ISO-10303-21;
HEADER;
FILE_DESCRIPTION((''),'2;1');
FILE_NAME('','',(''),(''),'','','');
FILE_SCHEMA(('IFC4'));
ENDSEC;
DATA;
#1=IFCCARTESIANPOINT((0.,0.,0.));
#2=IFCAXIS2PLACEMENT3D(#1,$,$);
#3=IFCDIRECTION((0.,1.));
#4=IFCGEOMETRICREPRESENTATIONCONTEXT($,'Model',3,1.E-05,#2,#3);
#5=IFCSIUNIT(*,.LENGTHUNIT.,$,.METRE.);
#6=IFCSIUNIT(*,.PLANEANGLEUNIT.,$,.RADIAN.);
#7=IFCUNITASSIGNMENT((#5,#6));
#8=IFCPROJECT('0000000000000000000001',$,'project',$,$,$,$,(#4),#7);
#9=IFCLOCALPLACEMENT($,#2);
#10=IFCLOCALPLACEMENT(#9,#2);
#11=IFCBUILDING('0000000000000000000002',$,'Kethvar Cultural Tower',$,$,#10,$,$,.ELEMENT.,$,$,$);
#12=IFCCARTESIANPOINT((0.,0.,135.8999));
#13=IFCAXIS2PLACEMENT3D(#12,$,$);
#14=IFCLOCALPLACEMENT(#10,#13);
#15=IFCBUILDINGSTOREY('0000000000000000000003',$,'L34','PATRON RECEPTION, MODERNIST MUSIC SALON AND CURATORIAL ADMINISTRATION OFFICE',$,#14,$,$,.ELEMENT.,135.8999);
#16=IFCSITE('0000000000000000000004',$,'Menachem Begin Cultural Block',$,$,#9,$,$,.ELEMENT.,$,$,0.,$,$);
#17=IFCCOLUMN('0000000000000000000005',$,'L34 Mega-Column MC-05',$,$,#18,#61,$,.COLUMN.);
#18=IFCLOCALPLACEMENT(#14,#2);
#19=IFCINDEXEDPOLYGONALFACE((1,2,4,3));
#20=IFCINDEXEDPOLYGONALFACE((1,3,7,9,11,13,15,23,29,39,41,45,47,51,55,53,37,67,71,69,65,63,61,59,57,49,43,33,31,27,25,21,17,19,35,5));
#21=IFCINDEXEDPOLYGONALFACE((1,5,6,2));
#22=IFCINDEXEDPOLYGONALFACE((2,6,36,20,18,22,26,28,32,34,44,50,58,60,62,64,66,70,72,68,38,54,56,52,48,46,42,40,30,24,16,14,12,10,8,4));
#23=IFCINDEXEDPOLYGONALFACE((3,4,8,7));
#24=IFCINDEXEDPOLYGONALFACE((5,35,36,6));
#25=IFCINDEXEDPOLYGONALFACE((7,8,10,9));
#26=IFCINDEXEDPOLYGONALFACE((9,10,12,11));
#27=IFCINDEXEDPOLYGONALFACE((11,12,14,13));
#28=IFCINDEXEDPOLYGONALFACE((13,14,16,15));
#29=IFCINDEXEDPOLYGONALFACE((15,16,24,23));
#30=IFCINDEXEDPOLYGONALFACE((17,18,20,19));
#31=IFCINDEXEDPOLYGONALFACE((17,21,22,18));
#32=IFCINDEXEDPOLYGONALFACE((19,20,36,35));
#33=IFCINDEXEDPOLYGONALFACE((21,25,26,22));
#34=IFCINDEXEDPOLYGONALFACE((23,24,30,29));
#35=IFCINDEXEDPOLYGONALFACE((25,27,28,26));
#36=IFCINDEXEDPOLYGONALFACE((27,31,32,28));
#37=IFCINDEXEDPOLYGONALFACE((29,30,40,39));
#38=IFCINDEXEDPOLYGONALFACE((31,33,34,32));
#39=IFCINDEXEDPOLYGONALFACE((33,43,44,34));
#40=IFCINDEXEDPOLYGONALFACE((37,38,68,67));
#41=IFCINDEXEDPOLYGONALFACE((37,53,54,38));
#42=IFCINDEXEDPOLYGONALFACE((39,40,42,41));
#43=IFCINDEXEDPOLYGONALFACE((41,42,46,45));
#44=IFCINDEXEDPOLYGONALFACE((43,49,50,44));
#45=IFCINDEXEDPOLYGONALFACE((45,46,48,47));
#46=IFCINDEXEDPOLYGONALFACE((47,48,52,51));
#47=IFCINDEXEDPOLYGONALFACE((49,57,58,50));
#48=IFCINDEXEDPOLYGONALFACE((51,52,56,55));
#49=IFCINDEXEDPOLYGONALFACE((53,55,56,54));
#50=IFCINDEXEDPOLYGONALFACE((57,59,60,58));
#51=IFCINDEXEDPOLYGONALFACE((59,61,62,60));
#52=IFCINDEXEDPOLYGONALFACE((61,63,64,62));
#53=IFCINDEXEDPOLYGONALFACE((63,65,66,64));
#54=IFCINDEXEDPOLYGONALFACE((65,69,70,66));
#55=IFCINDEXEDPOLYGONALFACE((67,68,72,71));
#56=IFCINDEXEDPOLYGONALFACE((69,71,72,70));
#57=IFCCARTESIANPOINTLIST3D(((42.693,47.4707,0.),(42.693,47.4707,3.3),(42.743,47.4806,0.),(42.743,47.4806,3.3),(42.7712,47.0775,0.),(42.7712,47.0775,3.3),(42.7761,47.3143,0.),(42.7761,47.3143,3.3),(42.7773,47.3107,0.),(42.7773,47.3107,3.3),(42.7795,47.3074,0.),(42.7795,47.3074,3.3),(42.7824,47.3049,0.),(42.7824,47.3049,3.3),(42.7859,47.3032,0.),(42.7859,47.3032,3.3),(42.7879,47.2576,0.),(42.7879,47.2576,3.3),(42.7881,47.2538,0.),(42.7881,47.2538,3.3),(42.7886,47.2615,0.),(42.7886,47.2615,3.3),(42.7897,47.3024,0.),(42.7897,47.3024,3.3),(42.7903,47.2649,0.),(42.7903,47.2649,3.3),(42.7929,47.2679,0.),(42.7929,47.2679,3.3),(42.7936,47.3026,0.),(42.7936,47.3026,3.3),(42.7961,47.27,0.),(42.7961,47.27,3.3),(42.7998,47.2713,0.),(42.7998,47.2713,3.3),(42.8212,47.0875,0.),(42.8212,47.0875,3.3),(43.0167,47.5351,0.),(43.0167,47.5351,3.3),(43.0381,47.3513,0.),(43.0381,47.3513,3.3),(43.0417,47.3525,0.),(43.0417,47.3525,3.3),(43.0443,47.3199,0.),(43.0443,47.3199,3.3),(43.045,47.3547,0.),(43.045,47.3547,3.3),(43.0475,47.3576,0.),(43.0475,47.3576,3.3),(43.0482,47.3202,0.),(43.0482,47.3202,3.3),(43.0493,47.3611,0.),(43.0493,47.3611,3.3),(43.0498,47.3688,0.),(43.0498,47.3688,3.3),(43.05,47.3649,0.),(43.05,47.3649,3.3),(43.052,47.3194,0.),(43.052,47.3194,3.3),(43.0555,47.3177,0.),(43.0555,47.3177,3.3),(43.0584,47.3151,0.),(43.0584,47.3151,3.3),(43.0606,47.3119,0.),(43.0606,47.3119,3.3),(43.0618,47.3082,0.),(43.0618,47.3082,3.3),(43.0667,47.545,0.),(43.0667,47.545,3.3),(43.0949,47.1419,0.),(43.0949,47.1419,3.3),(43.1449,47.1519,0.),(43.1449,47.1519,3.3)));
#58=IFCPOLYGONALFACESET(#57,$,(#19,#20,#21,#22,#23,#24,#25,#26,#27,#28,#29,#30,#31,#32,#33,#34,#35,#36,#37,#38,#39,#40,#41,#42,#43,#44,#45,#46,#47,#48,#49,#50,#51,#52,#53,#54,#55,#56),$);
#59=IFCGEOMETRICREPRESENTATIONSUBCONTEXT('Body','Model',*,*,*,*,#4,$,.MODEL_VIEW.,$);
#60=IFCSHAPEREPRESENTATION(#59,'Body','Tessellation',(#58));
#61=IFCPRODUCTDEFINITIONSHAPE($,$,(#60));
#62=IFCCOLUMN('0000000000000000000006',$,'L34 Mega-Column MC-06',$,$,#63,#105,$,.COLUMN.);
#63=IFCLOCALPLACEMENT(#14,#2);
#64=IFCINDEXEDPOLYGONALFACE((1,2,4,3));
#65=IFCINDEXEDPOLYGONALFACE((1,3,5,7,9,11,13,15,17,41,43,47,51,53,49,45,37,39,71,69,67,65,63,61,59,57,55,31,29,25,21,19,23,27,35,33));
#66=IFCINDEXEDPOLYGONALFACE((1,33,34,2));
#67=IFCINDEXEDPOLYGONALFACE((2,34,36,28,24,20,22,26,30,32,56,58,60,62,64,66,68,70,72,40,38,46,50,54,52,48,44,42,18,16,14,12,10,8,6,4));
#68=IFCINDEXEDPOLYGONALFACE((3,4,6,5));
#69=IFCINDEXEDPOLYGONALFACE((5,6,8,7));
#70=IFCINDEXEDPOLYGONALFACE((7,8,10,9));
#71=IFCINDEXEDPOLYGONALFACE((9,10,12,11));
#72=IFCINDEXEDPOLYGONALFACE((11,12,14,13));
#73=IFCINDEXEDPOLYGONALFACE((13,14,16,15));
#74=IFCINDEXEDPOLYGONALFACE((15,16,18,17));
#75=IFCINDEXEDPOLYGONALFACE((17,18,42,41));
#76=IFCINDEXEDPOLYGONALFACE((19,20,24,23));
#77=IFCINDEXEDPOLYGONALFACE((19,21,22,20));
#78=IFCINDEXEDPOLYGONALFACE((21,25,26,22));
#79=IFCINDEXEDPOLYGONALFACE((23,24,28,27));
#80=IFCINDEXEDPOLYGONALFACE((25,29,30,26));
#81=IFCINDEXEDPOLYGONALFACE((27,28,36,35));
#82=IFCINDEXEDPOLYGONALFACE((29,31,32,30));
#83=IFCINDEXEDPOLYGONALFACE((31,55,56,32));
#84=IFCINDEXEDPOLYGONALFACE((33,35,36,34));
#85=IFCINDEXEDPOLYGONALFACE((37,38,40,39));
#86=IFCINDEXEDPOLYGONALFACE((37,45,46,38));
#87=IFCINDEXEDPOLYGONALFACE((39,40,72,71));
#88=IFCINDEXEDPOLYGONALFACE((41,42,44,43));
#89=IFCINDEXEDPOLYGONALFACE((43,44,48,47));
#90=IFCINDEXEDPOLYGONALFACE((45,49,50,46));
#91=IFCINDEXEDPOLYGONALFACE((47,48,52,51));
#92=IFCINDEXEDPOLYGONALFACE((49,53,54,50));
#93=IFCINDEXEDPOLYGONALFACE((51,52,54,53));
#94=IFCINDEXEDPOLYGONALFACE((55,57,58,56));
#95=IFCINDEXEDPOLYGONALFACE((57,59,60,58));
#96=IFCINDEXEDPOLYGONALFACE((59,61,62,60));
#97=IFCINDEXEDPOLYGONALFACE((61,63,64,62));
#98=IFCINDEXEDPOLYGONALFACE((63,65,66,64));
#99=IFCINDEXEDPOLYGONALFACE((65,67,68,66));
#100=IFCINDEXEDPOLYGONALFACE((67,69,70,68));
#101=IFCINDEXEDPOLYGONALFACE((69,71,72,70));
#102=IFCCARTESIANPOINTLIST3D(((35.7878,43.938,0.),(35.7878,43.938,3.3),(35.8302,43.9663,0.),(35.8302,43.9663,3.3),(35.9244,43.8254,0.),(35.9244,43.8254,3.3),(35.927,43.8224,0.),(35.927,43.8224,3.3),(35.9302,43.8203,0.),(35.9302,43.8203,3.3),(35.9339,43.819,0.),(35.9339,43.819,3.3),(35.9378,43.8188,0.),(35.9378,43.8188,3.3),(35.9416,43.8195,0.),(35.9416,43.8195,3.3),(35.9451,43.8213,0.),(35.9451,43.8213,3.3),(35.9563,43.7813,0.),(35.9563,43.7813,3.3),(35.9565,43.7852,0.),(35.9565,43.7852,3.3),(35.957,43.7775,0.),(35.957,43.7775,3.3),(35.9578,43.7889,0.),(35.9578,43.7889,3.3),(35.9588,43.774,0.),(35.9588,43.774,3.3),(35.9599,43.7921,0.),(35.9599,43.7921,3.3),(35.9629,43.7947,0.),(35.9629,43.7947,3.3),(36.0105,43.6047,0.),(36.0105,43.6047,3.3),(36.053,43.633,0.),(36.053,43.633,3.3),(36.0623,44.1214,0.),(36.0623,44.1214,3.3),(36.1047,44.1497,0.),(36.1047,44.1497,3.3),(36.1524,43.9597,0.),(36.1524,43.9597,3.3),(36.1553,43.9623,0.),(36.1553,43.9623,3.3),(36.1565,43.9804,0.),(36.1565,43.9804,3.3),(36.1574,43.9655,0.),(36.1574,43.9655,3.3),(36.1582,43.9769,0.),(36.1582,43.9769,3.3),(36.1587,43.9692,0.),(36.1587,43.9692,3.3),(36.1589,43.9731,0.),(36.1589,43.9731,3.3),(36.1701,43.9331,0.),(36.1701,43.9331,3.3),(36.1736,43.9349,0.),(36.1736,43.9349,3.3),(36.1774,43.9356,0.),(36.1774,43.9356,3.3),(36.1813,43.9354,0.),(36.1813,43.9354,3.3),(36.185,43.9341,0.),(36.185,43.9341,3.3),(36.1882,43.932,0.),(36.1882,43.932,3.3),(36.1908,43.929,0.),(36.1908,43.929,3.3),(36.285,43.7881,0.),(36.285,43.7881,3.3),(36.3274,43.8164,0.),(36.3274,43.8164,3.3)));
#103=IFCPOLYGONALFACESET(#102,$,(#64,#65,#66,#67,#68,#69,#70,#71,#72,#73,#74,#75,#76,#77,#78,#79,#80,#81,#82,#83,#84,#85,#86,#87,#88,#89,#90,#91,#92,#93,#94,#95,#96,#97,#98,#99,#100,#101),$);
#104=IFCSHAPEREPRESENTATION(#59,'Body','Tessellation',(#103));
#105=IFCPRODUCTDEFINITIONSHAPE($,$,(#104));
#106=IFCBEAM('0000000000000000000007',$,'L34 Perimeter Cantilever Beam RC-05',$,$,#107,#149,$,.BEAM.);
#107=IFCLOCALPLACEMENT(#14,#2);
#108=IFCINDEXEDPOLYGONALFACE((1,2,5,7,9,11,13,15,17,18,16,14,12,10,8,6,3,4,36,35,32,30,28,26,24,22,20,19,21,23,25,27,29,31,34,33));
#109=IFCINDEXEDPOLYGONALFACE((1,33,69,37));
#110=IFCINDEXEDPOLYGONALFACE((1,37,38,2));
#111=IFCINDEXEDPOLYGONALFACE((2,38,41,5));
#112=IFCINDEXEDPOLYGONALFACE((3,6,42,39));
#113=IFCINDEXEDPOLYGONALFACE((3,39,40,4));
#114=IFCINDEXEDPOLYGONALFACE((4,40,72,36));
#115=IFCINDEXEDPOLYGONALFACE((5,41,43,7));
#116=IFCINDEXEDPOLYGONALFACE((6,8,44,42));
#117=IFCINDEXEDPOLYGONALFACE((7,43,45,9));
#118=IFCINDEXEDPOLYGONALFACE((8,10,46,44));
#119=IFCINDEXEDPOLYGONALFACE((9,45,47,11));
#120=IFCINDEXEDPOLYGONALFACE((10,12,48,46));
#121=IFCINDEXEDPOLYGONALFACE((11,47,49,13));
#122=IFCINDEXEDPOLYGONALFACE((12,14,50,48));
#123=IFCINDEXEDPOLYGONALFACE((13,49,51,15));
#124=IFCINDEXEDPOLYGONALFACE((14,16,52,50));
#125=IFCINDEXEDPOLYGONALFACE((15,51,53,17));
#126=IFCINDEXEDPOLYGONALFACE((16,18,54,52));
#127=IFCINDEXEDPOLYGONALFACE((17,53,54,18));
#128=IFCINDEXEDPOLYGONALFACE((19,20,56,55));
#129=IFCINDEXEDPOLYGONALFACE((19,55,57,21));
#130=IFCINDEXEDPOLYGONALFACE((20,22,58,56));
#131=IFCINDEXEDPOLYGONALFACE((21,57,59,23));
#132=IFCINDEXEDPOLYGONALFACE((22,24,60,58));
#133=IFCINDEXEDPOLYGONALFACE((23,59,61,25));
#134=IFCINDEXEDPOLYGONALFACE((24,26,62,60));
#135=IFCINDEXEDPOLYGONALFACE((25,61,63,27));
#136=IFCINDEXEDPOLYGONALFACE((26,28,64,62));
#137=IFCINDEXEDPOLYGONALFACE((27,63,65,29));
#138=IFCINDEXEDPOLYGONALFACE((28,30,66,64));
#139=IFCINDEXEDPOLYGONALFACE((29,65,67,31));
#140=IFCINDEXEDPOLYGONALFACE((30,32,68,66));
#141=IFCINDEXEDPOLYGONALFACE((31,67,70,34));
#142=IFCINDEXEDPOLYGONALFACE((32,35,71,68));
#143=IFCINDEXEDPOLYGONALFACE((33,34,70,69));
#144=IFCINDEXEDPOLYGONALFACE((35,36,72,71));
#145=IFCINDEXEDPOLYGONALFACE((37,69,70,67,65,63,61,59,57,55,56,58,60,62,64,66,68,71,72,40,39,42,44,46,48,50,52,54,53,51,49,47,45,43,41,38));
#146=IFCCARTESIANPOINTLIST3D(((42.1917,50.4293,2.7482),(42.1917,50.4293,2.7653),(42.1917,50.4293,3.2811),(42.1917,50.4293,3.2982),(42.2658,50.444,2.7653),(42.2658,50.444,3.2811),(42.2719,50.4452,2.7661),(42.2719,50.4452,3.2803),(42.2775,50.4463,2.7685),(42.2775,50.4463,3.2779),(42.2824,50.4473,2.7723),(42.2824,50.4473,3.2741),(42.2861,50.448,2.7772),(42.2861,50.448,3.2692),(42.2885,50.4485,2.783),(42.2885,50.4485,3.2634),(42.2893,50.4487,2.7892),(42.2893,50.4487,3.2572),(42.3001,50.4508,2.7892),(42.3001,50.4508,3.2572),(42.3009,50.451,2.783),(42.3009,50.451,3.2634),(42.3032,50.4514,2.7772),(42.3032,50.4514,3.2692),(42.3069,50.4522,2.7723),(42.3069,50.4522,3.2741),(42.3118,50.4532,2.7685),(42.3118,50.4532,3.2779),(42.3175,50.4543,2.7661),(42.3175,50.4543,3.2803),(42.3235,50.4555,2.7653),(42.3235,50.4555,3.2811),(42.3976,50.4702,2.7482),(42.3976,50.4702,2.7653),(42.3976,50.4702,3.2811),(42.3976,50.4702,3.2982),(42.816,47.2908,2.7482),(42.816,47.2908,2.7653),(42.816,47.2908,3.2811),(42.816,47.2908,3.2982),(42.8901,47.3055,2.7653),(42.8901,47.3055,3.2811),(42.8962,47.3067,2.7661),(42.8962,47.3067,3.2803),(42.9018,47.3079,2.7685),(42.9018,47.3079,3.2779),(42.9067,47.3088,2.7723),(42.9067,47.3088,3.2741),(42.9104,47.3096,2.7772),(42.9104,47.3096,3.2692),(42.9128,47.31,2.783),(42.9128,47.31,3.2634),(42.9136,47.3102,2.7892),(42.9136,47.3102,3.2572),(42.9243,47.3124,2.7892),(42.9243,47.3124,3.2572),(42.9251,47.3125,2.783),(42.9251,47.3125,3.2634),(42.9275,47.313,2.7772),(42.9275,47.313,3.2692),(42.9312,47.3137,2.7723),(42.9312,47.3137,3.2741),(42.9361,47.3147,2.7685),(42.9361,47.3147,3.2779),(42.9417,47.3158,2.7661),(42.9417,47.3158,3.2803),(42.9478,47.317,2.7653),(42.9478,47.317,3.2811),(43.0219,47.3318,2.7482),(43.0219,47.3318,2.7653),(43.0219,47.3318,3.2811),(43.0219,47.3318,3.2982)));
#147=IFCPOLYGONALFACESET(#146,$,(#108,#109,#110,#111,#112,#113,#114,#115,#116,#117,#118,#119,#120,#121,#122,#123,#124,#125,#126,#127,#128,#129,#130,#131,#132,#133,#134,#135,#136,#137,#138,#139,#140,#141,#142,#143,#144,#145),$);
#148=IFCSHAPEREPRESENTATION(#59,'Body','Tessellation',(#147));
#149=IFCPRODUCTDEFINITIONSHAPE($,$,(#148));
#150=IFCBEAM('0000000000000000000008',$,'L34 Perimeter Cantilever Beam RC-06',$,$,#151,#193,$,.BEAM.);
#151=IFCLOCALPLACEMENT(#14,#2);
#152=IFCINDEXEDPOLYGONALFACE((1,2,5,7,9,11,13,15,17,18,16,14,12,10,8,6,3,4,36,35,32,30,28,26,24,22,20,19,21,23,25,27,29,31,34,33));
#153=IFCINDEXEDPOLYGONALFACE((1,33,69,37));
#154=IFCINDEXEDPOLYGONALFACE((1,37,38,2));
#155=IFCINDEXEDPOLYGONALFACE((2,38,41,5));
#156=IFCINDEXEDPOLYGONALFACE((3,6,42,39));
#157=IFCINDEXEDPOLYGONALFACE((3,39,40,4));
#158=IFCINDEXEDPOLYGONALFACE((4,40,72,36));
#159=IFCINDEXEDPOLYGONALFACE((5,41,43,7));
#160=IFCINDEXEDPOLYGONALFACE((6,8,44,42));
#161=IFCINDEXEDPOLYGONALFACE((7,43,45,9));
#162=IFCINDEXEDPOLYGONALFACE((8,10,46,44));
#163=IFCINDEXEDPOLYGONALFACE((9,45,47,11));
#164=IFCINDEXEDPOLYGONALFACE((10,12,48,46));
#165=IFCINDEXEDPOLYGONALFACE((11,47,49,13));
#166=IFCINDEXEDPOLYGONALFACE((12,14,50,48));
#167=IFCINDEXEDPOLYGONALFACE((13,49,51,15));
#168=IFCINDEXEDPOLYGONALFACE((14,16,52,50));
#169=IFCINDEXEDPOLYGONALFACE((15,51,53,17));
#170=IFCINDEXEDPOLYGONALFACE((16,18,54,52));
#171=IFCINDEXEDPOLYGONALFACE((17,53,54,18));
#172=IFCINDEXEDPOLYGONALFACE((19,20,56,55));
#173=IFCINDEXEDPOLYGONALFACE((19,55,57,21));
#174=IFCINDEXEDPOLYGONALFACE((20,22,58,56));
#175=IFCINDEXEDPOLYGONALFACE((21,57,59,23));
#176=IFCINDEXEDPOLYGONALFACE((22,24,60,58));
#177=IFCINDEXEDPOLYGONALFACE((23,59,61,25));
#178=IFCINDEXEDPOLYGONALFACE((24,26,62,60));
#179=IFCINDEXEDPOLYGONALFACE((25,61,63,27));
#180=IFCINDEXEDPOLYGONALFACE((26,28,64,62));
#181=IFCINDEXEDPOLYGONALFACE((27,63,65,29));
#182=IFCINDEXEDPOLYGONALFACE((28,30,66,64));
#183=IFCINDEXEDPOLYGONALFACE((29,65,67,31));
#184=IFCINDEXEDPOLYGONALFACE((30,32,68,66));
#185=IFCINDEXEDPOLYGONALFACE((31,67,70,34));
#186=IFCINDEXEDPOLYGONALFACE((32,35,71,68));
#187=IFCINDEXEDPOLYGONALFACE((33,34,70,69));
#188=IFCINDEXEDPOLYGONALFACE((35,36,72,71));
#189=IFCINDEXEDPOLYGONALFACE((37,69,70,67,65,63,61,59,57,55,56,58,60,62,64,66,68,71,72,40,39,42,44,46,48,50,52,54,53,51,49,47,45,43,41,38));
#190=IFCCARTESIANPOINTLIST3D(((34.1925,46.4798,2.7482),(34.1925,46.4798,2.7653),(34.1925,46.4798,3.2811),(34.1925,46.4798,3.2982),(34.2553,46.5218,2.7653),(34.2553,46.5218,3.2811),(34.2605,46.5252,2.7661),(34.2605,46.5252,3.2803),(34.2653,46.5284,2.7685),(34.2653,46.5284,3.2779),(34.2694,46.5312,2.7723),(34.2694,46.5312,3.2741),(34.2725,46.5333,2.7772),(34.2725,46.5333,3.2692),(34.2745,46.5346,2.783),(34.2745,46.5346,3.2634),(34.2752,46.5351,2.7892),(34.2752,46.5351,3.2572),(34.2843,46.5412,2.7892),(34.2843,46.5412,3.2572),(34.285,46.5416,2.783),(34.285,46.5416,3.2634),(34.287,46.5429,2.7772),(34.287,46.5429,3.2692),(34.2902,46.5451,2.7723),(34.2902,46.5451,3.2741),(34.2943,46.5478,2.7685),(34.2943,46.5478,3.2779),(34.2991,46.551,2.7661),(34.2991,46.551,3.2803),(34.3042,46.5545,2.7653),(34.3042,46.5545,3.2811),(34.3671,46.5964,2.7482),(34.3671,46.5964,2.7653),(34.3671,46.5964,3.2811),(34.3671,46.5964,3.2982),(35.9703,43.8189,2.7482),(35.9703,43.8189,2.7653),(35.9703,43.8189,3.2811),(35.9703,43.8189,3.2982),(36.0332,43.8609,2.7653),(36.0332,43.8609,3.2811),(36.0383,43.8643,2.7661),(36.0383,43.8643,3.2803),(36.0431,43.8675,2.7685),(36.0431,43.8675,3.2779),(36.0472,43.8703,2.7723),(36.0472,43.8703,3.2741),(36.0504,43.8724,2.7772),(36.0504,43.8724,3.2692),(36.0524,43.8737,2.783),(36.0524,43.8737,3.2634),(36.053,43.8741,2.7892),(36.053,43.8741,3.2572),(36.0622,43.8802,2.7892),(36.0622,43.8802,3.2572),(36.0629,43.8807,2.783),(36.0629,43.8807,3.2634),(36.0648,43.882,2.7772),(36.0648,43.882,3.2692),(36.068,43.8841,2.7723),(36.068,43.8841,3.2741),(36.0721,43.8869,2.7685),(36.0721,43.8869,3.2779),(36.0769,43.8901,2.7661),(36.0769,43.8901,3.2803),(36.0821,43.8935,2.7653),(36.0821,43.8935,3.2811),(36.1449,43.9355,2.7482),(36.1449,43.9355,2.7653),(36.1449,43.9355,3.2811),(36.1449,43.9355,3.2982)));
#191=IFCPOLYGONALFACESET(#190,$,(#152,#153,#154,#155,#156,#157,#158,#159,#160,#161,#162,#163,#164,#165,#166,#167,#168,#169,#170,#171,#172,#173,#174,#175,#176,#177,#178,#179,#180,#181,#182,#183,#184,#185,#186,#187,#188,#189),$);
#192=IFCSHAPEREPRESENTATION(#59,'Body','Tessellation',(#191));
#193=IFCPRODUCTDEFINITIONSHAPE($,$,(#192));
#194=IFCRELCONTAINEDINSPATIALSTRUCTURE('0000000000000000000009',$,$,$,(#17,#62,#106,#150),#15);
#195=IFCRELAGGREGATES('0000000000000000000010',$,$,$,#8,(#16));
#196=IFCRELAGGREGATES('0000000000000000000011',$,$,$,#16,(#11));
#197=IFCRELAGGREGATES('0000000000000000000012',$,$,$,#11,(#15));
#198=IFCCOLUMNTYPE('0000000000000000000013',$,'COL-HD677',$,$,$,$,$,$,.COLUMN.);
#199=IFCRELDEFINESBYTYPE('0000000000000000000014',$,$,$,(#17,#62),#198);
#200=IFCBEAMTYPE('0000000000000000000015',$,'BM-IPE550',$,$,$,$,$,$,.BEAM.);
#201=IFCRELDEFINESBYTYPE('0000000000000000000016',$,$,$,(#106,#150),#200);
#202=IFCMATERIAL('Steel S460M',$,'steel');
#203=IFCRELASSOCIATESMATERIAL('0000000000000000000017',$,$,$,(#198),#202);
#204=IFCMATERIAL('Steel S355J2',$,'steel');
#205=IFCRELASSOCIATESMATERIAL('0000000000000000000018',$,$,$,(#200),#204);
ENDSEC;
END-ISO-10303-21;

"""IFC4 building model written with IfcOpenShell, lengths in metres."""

from ifc_helpers import new_model, si_unit, direction, frame, origin, origin_2d, place, context, subcontext, project, spatial, i_section, extrude, source, transform, mapped, material, material_profile, profile_set, type_object, element, save


model = new_model("IFC4")

# Units and contexts
model_context = context("Model", 3, precision=1e-05, world=origin(), true_north=direction((0.0, 1.0)))
body_context = subcontext(model_context, "Body", "Model", "MODEL_VIEW")
ifc_project = project(units=[si_unit("LENGTHUNIT", "METRE"), si_unit("PLANEANGLEUNIT", "RADIAN")], contexts=[model_context])

# Site, building, storey
site_placement = place(None, origin())
site = spatial("IfcSite", under=ifc_project, at=site_placement, Name="Menachem Begin Cultural Block", CompositionType="ELEMENT", RefElevation=0.0)
building_placement = place(site_placement, origin())
building = spatial("IfcBuilding", under=site, at=building_placement, Name="Kethvar Cultural Tower", CompositionType="ELEMENT")
storey_placement = place(building_placement, frame((0.0, 0.0, 135.8999)))
storey = spatial("IfcBuildingStorey", under=building, at=storey_placement, Name="L34", Description="PATRON RECEPTION, MODERNIST MUSIC SALON AND CURATORIAL ADMINISTRATION OFFICE", CompositionType="ELEMENT", Elevation=135.8999)

# Columns
ifc_material_1 = material(Name="Steel S460M", Category="steel")
ifc_material_profile_1 = material_profile(ifc_material_1, i_section(OverallWidth=0.4009, OverallDepth=0.3811, WebThickness=0.032, FlangeThickness=0.051, FilletRadius=0.0149, at=origin_2d()), Name="Steel S460M — HD400x677")
ifc_profile_set_1 = profile_set([ifc_material_profile_1], Name="Steel S460M — HD400x677")
column_type = type_object("IfcColumnType", Name="COL-HD677", PredefinedType="COLUMN", material=ifc_profile_set_1)
shared_shape_1 = source(origin(), body_context, "Body", "SweptSolid", [
    extrude(i_section(OverallWidth=0.4009, OverallDepth=0.3811, WebThickness=0.032, FlangeThickness=0.051, FilletRadius=0.0149, at=origin_2d()), origin(), (0.0, 0.0, 1.0), 3.3),
])
for number, where, z_axis, x_axis, name in (
    (1, (42.9189, 47.3113, 0.0), (0.0, 0.0, 1.0), (-0.19509, 0.980785, 0.0), "L34 Mega-Column MC-05"),
    (2, (36.0576, 43.8772, 0.0), (0.0, 0.0, 1.0), (-0.55557, 0.83147, 0.0), "L34 Mega-Column MC-06"),
):
    element("IfcColumn", number, at=place(storey_placement, frame(where, z_axis=z_axis, x_axis=x_axis)), inside=storey, type_object=column_type, Name=name, PredefinedType="COLUMN", context=body_context, shape_type="MappedRepresentation", body=[
        mapped(shared_shape_1, transform((0.0, 0.0, 0.0), scale=1.0)),
    ])

# Beams
ifc_material_2 = material(Name="Steel S355J2", Category="steel")
ifc_material_profile_2 = material_profile(ifc_material_2, i_section(OverallWidth=0.21, OverallDepth=0.55, WebThickness=0.011, FlangeThickness=0.0171, FilletRadius=0.0239, at=origin_2d()), Name="Steel S355J2 — IPE550")
ifc_profile_set_2 = profile_set([ifc_material_profile_2], Name="Steel S355J2 — IPE550")
beam_type_1 = type_object("IfcBeamType", Name="BM-IPE550", PredefinedType="BEAM", material=ifc_profile_set_2)
shared_shape_2 = source(origin(), body_context, "Body", "SweptSolid", [
    extrude(i_section(OverallWidth=0.21, OverallDepth=0.55, WebThickness=0.011, FlangeThickness=0.0171, FilletRadius=0.0239, at=origin_2d()), origin(), (0.0, 0.0, 1.0), 3.2),
])
beam_1_placement = place(storey_placement, frame((42.9189, 47.3113, 3.0232), z_axis=(-0.195089, 0.980786, 0.0), x_axis=(-0.980786, -0.195089, 0.0)))
element("IfcBeam", 3, at=beam_1_placement, inside=storey, type_object=beam_type_1, Name="L34 Perimeter Cantilever Beam RC-05", PredefinedType="BEAM", context=body_context, shape_type="MappedRepresentation", body=[
    mapped(shared_shape_2, transform((0.0, 0.0, 0.0), scale=1.0)),
])
shared_shape_3 = source(origin(), body_context, "Body", "SweptSolid", [
    extrude(i_section(OverallWidth=0.21, OverallDepth=0.55, WebThickness=0.011, FlangeThickness=0.0171, FilletRadius=0.0239, at=origin_2d()), origin(), (0.0, 0.0, 1.0), 3.2002),
])
beam_2_placement = place(storey_placement, frame((36.0576, 43.8772, 3.0232), z_axis=(-0.555545, 0.831486, 0.0), x_axis=(-0.831486, -0.555545, 0.0)))
element("IfcBeam", 4, at=beam_2_placement, inside=storey, type_object=beam_type_1, Name="L34 Perimeter Cantilever Beam RC-06", PredefinedType="BEAM", context=body_context, shape_type="MappedRepresentation", body=[
    mapped(shared_shape_3, transform((0.0, 0.0, 0.0), scale=1.0)),
])

save(model, "model.ifc")
